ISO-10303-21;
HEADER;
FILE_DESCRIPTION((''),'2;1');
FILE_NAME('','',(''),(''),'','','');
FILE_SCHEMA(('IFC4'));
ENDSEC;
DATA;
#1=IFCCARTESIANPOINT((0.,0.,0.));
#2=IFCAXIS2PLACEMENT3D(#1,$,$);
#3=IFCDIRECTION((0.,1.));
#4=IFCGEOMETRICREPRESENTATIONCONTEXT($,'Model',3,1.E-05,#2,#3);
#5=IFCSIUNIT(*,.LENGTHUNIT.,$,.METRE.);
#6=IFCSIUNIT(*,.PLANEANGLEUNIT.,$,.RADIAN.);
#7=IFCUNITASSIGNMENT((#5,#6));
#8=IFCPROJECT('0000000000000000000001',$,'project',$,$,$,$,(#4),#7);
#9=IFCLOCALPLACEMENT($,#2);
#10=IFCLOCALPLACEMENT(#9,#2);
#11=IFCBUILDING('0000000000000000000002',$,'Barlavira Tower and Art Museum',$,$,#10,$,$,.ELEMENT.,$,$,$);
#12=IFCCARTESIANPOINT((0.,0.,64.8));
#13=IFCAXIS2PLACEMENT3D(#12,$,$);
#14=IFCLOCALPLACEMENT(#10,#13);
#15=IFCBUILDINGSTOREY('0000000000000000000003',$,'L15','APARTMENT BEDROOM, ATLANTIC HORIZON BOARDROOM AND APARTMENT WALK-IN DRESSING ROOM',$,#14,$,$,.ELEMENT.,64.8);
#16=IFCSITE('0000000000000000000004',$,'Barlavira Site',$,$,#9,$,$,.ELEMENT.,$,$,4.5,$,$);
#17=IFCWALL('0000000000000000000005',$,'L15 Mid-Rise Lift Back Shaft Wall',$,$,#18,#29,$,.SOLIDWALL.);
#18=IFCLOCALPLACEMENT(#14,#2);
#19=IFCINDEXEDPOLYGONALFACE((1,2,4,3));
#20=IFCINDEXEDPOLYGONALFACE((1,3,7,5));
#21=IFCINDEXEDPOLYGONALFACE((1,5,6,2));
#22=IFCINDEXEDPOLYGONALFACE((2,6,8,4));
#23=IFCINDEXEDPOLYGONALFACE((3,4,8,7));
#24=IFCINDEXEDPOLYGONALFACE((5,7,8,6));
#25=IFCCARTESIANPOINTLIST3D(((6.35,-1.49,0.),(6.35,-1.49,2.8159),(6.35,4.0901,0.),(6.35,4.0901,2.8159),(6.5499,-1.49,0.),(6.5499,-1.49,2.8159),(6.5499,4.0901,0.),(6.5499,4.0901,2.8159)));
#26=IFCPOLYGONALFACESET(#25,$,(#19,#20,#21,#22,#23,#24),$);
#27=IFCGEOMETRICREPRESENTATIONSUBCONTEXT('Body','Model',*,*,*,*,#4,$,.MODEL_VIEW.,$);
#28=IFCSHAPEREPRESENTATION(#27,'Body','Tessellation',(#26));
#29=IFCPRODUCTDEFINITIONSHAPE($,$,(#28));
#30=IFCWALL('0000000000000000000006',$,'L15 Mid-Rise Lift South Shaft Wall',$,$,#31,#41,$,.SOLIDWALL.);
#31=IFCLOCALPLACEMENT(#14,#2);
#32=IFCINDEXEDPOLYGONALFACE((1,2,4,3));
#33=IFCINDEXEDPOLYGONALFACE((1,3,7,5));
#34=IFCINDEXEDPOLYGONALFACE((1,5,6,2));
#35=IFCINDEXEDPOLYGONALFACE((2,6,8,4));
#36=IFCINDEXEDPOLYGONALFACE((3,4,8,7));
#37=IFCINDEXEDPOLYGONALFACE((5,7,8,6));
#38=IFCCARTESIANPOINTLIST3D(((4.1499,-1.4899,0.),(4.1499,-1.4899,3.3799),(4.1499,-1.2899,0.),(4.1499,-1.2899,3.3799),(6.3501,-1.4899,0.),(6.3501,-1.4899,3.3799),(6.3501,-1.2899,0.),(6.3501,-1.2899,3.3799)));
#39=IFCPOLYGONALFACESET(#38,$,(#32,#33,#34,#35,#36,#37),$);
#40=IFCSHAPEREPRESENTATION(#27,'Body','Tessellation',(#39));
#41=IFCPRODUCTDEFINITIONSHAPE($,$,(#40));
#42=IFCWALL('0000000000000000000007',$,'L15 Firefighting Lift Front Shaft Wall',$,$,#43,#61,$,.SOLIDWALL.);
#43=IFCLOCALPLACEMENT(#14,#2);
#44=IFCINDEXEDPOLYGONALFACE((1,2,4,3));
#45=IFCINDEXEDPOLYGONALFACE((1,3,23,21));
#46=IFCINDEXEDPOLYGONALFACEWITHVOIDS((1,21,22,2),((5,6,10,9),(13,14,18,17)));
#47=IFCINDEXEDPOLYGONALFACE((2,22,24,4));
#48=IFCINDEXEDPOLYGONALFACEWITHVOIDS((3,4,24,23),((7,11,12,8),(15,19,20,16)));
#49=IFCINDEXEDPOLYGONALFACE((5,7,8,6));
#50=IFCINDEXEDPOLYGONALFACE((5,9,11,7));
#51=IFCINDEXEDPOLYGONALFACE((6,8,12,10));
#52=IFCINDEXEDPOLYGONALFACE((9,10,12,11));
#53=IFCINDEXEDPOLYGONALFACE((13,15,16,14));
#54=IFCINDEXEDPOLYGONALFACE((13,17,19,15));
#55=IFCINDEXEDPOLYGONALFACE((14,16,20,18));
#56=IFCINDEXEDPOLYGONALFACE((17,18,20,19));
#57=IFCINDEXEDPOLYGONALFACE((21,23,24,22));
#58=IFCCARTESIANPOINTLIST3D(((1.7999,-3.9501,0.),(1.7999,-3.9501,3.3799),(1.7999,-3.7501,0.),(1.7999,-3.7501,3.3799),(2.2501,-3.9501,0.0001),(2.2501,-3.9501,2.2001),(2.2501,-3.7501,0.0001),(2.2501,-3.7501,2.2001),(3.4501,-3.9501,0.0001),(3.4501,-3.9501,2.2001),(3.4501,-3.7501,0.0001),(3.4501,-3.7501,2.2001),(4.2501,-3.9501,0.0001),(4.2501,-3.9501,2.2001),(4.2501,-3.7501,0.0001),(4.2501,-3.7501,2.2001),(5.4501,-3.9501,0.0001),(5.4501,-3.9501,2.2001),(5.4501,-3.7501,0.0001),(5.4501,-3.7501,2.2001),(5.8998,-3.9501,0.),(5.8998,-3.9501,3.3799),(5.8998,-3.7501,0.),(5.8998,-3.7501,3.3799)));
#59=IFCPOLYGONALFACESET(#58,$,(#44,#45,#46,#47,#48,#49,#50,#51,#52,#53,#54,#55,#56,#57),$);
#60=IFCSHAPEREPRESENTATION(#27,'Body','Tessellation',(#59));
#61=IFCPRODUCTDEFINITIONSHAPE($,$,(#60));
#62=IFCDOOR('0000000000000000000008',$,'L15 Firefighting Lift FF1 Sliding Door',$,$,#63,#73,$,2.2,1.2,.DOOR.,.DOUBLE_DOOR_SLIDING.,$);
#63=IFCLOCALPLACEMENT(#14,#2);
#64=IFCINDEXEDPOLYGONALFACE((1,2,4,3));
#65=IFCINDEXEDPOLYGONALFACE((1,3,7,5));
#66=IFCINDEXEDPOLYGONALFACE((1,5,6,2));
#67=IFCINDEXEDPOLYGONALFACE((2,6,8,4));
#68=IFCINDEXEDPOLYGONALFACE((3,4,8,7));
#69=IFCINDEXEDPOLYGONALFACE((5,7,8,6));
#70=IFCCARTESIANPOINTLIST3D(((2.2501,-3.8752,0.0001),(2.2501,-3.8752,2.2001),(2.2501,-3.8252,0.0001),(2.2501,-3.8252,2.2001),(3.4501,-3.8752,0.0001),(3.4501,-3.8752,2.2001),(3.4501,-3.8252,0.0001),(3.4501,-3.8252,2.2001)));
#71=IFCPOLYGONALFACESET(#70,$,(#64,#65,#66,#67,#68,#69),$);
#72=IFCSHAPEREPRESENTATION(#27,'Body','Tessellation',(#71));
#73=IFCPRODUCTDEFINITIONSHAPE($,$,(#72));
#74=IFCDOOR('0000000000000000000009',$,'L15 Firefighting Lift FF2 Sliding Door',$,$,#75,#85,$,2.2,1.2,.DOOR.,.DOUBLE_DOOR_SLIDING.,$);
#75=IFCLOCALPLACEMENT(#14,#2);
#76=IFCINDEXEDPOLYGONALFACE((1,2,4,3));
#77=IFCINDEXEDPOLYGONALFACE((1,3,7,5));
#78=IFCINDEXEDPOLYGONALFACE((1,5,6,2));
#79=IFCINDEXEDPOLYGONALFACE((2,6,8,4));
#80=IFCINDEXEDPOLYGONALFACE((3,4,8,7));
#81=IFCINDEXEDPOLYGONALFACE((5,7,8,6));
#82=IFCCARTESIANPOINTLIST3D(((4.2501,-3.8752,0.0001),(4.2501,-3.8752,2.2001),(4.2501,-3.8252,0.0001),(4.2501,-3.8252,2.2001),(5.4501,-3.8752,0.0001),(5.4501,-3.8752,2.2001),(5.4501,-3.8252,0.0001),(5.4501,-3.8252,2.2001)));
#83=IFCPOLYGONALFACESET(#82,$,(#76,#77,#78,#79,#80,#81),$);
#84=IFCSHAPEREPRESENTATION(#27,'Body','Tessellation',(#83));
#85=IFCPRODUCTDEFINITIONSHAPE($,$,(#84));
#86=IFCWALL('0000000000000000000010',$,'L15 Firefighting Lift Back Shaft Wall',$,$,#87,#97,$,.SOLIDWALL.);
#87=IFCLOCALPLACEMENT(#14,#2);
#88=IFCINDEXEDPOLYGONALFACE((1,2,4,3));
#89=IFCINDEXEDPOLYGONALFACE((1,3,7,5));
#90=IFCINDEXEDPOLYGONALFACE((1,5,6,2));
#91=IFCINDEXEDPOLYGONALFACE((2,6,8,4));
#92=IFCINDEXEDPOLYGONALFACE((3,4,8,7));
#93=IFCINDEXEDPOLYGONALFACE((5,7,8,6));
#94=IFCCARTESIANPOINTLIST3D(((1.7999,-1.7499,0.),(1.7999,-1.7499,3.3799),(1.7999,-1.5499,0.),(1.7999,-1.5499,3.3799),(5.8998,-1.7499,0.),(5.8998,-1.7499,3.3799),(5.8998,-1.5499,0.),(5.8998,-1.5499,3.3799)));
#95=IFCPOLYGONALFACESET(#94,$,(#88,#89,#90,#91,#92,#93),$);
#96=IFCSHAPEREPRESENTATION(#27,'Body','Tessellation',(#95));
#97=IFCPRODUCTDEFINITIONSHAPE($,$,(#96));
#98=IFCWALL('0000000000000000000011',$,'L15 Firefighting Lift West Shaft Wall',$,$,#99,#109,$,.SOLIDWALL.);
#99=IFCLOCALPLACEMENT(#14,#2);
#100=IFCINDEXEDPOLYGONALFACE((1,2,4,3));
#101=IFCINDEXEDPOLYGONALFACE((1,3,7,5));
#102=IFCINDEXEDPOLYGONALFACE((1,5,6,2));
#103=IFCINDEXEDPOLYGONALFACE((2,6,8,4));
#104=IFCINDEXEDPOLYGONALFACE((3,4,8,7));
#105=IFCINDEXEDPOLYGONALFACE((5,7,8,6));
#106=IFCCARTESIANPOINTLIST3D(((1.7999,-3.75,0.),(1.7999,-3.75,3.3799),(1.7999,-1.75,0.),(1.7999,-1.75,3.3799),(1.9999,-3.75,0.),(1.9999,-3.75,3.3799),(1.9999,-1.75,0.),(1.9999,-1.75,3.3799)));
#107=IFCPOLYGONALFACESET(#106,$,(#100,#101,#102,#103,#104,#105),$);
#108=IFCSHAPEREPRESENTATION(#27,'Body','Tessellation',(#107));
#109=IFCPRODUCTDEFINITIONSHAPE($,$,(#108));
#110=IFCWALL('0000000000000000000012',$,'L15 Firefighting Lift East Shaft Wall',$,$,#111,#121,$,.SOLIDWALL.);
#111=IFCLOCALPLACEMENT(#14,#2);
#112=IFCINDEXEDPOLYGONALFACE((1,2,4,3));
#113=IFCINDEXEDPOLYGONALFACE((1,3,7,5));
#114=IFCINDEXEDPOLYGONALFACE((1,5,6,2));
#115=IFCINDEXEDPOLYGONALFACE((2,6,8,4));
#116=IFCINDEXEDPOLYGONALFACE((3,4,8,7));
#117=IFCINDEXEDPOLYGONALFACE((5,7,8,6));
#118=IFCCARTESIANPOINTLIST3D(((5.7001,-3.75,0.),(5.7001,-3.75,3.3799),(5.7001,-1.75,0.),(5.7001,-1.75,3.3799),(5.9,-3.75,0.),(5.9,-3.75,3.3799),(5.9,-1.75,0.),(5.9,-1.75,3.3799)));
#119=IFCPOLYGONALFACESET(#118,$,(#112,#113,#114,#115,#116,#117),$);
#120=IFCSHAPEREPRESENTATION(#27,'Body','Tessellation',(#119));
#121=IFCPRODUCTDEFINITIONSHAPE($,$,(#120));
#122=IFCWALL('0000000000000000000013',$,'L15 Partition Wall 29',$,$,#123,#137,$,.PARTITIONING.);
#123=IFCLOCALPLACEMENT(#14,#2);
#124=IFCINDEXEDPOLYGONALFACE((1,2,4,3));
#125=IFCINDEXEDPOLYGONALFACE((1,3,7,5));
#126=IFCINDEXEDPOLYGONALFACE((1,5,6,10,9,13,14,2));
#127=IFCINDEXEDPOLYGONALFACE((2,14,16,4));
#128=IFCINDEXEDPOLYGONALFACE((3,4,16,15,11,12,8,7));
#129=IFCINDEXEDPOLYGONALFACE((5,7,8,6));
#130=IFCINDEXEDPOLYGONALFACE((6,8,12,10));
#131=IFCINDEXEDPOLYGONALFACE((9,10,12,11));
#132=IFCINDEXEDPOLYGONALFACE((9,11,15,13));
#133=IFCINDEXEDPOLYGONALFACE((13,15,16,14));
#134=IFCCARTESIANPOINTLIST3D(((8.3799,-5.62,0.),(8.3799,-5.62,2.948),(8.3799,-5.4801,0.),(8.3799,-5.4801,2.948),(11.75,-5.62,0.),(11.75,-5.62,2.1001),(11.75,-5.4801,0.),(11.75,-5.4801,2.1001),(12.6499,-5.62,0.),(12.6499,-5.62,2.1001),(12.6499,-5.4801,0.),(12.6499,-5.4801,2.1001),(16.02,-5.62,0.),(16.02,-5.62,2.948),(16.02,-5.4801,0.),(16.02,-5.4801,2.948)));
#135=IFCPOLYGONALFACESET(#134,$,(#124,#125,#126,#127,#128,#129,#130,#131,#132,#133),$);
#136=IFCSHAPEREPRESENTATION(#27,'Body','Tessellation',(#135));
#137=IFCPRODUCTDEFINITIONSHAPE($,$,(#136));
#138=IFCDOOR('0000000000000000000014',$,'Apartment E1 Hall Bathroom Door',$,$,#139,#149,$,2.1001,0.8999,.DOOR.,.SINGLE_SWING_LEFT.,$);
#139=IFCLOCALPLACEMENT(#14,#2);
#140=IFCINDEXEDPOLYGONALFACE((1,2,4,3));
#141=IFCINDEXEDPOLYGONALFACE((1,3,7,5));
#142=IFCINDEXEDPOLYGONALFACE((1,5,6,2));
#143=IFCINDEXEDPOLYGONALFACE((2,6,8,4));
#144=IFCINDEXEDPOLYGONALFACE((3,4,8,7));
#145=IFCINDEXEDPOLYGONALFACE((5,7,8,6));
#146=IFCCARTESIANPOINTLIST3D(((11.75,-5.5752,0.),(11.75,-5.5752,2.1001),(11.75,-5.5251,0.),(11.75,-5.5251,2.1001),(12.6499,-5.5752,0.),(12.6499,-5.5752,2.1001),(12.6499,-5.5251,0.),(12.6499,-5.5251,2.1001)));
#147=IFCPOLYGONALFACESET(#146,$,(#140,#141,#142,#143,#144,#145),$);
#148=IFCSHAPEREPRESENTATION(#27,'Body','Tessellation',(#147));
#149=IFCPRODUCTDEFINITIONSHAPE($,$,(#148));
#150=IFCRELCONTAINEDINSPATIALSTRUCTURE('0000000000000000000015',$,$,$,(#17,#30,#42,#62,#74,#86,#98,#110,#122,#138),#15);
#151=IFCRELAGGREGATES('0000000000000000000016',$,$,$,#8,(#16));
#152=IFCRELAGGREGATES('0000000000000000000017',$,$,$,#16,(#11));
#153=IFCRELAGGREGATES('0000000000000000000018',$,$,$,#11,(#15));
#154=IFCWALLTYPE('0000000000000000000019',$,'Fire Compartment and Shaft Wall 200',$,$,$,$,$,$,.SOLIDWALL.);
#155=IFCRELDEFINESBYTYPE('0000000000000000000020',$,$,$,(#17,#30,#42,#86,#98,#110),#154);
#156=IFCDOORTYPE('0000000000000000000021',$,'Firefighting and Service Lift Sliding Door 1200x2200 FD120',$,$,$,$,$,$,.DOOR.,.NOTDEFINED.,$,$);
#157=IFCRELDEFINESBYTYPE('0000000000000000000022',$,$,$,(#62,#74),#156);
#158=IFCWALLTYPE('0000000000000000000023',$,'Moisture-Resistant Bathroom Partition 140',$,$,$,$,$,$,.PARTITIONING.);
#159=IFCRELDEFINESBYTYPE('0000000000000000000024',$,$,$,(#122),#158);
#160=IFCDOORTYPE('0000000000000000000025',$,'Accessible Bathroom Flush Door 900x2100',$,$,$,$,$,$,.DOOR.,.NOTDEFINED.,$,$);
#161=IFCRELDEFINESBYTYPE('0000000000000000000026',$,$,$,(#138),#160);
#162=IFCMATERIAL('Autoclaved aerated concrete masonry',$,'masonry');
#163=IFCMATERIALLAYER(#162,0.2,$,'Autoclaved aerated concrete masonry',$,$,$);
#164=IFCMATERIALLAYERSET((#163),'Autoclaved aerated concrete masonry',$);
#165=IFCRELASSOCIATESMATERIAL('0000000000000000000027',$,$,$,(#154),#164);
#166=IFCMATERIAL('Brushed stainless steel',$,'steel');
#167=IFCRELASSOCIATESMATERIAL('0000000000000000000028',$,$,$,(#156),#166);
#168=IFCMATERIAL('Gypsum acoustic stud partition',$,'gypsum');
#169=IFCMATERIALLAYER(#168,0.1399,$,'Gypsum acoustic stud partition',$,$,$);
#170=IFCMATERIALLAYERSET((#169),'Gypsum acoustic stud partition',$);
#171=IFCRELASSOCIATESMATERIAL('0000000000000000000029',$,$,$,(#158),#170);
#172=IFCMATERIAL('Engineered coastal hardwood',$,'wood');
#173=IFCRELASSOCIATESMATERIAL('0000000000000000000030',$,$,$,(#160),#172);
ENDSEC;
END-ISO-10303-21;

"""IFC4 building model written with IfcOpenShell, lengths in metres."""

from ifc_helpers import new_model, si_unit, direction, frame, frame_2d, origin, place, context, subcontext, project, spatial, rectangle, extrude, material, layer, layer_set, type_object, element, fill, save


model = new_model("IFC4")

# Units and contexts
model_context = context("Model", 3, precision=1e-05, world=origin(), true_north=direction((0.0, 1.0)))
body_context = subcontext(model_context, "Body", "Model", "MODEL_VIEW")
ifc_project = project(units=[si_unit("LENGTHUNIT", "METRE"), si_unit("PLANEANGLEUNIT", "RADIAN")], contexts=[model_context])

# Site, building, storey
site_placement = place(None, origin())
site = spatial("IfcSite", under=ifc_project, at=site_placement, Name="Barlavira Site", CompositionType="ELEMENT", RefElevation=4.5)
building_placement = place(site_placement, origin())
building = spatial("IfcBuilding", under=site, at=building_placement, Name="Barlavira Tower and Art Museum", CompositionType="ELEMENT")
storey_placement = place(building_placement, frame((0.0, 0.0, 64.8)))
storey = spatial("IfcBuildingStorey", under=building, at=storey_placement, Name="L15", Description="APARTMENT BEDROOM, ATLANTIC HORIZON BOARDROOM AND APARTMENT WALK-IN DRESSING ROOM", CompositionType="ELEMENT", Elevation=64.8)

# Shared definitions
ifc_material_1 = material(Name="Gypsum acoustic stud partition", Category="gypsum")
ifc_material_2 = material(Name="Engineered coastal hardwood", Category="wood")
ifc_material_3 = material(Name="Brushed stainless steel", Category="steel")

# Walls
ifc_material_4 = material(Name="Autoclaved aerated concrete masonry", Category="masonry")
ifc_layer_1 = layer(ifc_material_4, 0.2, Name="Autoclaved aerated concrete masonry")
ifc_layer_set_1 = layer_set([ifc_layer_1], Name="Autoclaved aerated concrete masonry")
wall_type_1 = type_object("IfcWallType", Name="Fire Compartment and Shaft Wall 200", PredefinedType="SOLIDWALL", material=ifc_layer_set_1)
wall_1_placement = place(storey_placement, frame((6.45, -1.49, 0.0), z_axis=(0.0, 0.0, 1.0), x_axis=(0.0, 1.0, 0.0)))
element("IfcWall", 1, at=wall_1_placement, inside=storey, type_object=wall_type_1, Name="L15 Mid-Rise Lift Back Shaft Wall", PredefinedType="SOLIDWALL", context=body_context, shape_type="SweptSolid", body=[
    extrude(rectangle(XDim=5.5801, YDim=0.2, at=frame_2d((2.79, 0.0))), origin(), (0.0, 0.0, 1.0), 2.8159),
])
wall_2_placement = place(storey_placement, frame((4.1499, -1.3899, 0.0), z_axis=(0.0, 0.0, 1.0), x_axis=(1.0, 0.0, 0.0)))
element("IfcWall", 2, at=wall_2_placement, inside=storey, type_object=wall_type_1, Name="L15 Mid-Rise Lift South Shaft Wall", PredefinedType="SOLIDWALL", context=body_context, shape_type="SweptSolid", body=[
    extrude(rectangle(XDim=2.2002, YDim=0.2, at=frame_2d((1.1001, 0.0))), origin(), (0.0, 0.0, 1.0), 3.3799),
])

# Wall, openings, doors
wall_3_placement = place(storey_placement, frame((1.8, -3.8501, 0.0), z_axis=(0.0, 0.0, 1.0), x_axis=(1.0, 0.0, 0.0)))
wall_3 = element("IfcWall", 3, at=wall_3_placement, inside=storey, type_object=wall_type_1, Name="L15 Firefighting Lift Front Shaft Wall", PredefinedType="SOLIDWALL", context=body_context, shape_type="SweptSolid", body=[
    extrude(rectangle(XDim=4.0999, YDim=0.2, at=frame_2d((2.0498, 0.0))), origin(), (0.0, 0.0, 1.0), 3.3799),
])
opening_1_placement = place(wall_3_placement, frame((0.45, 0.0, 0.0)))
opening_1 = element("IfcOpeningElement", 4, at=opening_1_placement, cuts=wall_3, PredefinedType="OPENING", context=body_context, shape_type="SweptSolid", body=[
    extrude(rectangle(XDim=1.2, YDim=2.2, at=frame_2d((0.6001, 1.1001))), frame((0.0, 0.1099, 0.0), z_axis=(0.0, -1.0, 0.0), x_axis=(1.0, 0.0, 0.0)), (0.0, 0.0, 1.0), 0.22),
])
opening_2_placement = place(wall_3_placement, frame((2.45, 0.0, 0.0)))
opening_2 = element("IfcOpeningElement", 5, at=opening_2_placement, cuts=wall_3, PredefinedType="OPENING", context=body_context, shape_type="SweptSolid", body=[
    extrude(rectangle(XDim=1.2, YDim=2.2, at=frame_2d((0.6001, 1.1001))), frame((0.0, 0.1099, 0.0), z_axis=(0.0, -1.0, 0.0), x_axis=(1.0, 0.0, 0.0)), (0.0, 0.0, 1.0), 0.22),
])
door_type_1 = type_object("IfcDoorType", Name="Firefighting and Service Lift Sliding Door 1200x2200 FD120", OperationType="NOTDEFINED", PredefinedType="DOOR", material=ifc_material_3)
door_1_placement = place(opening_1_placement, origin())
door_1 = element("IfcDoor", 6, at=door_1_placement, inside=storey, type_object=door_type_1, Name="L15 Firefighting Lift FF1 Sliding Door", OperationType="DOUBLE_DOOR_SLIDING", OverallHeight=2.2, OverallWidth=1.2, PredefinedType="DOOR", context=body_context, shape_type="SweptSolid", body=[
    extrude(rectangle(XDim=1.2, YDim=2.2, at=frame_2d((0.6001, 1.1001))), frame((0.0, 0.0249, 0.0), z_axis=(0.0, -1.0, 0.0), x_axis=(1.0, 0.0, 0.0)), (0.0, 0.0, 1.0), 0.05),
])
fill(opening_1, door_1)
door_2_placement = place(opening_2_placement, origin())
door_2 = element("IfcDoor", 7, at=door_2_placement, inside=storey, type_object=door_type_1, Name="L15 Firefighting Lift FF2 Sliding Door", OperationType="DOUBLE_DOOR_SLIDING", OverallHeight=2.2, OverallWidth=1.2, PredefinedType="DOOR", context=body_context, shape_type="SweptSolid", body=[
    extrude(rectangle(XDim=1.2, YDim=2.2, at=frame_2d((0.6001, 1.1001))), frame((0.0, 0.0249, 0.0), z_axis=(0.0, -1.0, 0.0), x_axis=(1.0, 0.0, 0.0)), (0.0, 0.0, 1.0), 0.05),
])
fill(opening_2, door_2)

# Walls
wall_4_placement = place(storey_placement, frame((1.8, -1.6499, 0.0), z_axis=(0.0, 0.0, 1.0), x_axis=(1.0, 0.0, 0.0)))
element("IfcWall", 8, at=wall_4_placement, inside=storey, type_object=wall_type_1, Name="L15 Firefighting Lift Back Shaft Wall", PredefinedType="SOLIDWALL", context=body_context, shape_type="SweptSolid", body=[
    extrude(rectangle(XDim=4.0999, YDim=0.2, at=frame_2d((2.0498, 0.0))), origin(), (0.0, 0.0, 1.0), 3.3799),
])
for number, where, z_axis, x_axis, name in (
    (9, (1.8999, -3.75, 0.0), (0.0, 0.0, 1.0), (0.0, 1.0, 0.0), "L15 Firefighting Lift West Shaft Wall"),
    (10, (5.8, -3.75, 0.0), (0.0, 0.0, 1.0), (0.0, 1.0, 0.0), "L15 Firefighting Lift East Shaft Wall"),
):
    element("IfcWall", number, at=place(storey_placement, frame(where, z_axis=z_axis, x_axis=x_axis)), inside=storey, type_object=wall_type_1, Name=name, PredefinedType="SOLIDWALL", context=body_context, shape_type="SweptSolid", body=[
        extrude(rectangle(XDim=2.0, YDim=0.2, at=frame_2d((1.0, 0.0))), origin(), (0.0, 0.0, 1.0), 3.3799),
    ])

# Wall, opening, door
ifc_layer_2 = layer(ifc_material_1, 0.1399, Name="Gypsum acoustic stud partition")
ifc_layer_set_2 = layer_set([ifc_layer_2], Name="Gypsum acoustic stud partition")
wall_type_2 = type_object("IfcWallType", Name="Moisture-Resistant Bathroom Partition 140", PredefinedType="PARTITIONING", material=ifc_layer_set_2)
wall_5_placement = place(storey_placement, frame((8.3799, -5.55, 0.0), z_axis=(0.0, 0.0, 1.0), x_axis=(1.0, 0.0, 0.0)))
wall_5 = element("IfcWall", 11, at=wall_5_placement, inside=storey, type_object=wall_type_2, Name="L15 Partition Wall 29", PredefinedType="PARTITIONING", context=body_context, shape_type="SweptSolid", body=[
    extrude(rectangle(XDim=7.6401, YDim=0.1399, at=frame_2d((3.8201, 0.0))), origin(), (0.0, 0.0, 1.0), 2.948),
])
opening_3_placement = place(wall_5_placement, frame((3.3701, 0.0, 0.0)))
opening_3 = element("IfcOpeningElement", 12, at=opening_3_placement, cuts=wall_5, PredefinedType="OPENING", context=body_context, shape_type="SweptSolid", body=[
    extrude(rectangle(XDim=0.8999, YDim=2.1001, at=frame_2d((0.45, 1.05))), frame((0.0, 0.0801, 0.0), z_axis=(0.0, -1.0, 0.0), x_axis=(1.0, 0.0, 0.0)), (0.0, 0.0, 1.0), 0.1599),
])
door_type_2 = type_object("IfcDoorType", Name="Accessible Bathroom Flush Door 900x2100", OperationType="NOTDEFINED", PredefinedType="DOOR", material=ifc_material_2)
door_3_placement = place(opening_3_placement, origin())
door_3 = element("IfcDoor", 13, at=door_3_placement, inside=storey, type_object=door_type_2, Name="Apartment E1 Hall Bathroom Door", OperationType="SINGLE_SWING_LEFT", OverallHeight=2.1001, OverallWidth=0.8999, PredefinedType="DOOR", context=body_context, shape_type="SweptSolid", body=[
    extrude(rectangle(XDim=0.8999, YDim=2.1001, at=frame_2d((0.45, 1.05))), frame((0.0, 0.0249, 0.0), z_axis=(0.0, -1.0, 0.0), x_axis=(1.0, 0.0, 0.0)), (0.0, 0.0, 1.0), 0.05),
])
fill(opening_3, door_3)

save(model, "model.ifc")
